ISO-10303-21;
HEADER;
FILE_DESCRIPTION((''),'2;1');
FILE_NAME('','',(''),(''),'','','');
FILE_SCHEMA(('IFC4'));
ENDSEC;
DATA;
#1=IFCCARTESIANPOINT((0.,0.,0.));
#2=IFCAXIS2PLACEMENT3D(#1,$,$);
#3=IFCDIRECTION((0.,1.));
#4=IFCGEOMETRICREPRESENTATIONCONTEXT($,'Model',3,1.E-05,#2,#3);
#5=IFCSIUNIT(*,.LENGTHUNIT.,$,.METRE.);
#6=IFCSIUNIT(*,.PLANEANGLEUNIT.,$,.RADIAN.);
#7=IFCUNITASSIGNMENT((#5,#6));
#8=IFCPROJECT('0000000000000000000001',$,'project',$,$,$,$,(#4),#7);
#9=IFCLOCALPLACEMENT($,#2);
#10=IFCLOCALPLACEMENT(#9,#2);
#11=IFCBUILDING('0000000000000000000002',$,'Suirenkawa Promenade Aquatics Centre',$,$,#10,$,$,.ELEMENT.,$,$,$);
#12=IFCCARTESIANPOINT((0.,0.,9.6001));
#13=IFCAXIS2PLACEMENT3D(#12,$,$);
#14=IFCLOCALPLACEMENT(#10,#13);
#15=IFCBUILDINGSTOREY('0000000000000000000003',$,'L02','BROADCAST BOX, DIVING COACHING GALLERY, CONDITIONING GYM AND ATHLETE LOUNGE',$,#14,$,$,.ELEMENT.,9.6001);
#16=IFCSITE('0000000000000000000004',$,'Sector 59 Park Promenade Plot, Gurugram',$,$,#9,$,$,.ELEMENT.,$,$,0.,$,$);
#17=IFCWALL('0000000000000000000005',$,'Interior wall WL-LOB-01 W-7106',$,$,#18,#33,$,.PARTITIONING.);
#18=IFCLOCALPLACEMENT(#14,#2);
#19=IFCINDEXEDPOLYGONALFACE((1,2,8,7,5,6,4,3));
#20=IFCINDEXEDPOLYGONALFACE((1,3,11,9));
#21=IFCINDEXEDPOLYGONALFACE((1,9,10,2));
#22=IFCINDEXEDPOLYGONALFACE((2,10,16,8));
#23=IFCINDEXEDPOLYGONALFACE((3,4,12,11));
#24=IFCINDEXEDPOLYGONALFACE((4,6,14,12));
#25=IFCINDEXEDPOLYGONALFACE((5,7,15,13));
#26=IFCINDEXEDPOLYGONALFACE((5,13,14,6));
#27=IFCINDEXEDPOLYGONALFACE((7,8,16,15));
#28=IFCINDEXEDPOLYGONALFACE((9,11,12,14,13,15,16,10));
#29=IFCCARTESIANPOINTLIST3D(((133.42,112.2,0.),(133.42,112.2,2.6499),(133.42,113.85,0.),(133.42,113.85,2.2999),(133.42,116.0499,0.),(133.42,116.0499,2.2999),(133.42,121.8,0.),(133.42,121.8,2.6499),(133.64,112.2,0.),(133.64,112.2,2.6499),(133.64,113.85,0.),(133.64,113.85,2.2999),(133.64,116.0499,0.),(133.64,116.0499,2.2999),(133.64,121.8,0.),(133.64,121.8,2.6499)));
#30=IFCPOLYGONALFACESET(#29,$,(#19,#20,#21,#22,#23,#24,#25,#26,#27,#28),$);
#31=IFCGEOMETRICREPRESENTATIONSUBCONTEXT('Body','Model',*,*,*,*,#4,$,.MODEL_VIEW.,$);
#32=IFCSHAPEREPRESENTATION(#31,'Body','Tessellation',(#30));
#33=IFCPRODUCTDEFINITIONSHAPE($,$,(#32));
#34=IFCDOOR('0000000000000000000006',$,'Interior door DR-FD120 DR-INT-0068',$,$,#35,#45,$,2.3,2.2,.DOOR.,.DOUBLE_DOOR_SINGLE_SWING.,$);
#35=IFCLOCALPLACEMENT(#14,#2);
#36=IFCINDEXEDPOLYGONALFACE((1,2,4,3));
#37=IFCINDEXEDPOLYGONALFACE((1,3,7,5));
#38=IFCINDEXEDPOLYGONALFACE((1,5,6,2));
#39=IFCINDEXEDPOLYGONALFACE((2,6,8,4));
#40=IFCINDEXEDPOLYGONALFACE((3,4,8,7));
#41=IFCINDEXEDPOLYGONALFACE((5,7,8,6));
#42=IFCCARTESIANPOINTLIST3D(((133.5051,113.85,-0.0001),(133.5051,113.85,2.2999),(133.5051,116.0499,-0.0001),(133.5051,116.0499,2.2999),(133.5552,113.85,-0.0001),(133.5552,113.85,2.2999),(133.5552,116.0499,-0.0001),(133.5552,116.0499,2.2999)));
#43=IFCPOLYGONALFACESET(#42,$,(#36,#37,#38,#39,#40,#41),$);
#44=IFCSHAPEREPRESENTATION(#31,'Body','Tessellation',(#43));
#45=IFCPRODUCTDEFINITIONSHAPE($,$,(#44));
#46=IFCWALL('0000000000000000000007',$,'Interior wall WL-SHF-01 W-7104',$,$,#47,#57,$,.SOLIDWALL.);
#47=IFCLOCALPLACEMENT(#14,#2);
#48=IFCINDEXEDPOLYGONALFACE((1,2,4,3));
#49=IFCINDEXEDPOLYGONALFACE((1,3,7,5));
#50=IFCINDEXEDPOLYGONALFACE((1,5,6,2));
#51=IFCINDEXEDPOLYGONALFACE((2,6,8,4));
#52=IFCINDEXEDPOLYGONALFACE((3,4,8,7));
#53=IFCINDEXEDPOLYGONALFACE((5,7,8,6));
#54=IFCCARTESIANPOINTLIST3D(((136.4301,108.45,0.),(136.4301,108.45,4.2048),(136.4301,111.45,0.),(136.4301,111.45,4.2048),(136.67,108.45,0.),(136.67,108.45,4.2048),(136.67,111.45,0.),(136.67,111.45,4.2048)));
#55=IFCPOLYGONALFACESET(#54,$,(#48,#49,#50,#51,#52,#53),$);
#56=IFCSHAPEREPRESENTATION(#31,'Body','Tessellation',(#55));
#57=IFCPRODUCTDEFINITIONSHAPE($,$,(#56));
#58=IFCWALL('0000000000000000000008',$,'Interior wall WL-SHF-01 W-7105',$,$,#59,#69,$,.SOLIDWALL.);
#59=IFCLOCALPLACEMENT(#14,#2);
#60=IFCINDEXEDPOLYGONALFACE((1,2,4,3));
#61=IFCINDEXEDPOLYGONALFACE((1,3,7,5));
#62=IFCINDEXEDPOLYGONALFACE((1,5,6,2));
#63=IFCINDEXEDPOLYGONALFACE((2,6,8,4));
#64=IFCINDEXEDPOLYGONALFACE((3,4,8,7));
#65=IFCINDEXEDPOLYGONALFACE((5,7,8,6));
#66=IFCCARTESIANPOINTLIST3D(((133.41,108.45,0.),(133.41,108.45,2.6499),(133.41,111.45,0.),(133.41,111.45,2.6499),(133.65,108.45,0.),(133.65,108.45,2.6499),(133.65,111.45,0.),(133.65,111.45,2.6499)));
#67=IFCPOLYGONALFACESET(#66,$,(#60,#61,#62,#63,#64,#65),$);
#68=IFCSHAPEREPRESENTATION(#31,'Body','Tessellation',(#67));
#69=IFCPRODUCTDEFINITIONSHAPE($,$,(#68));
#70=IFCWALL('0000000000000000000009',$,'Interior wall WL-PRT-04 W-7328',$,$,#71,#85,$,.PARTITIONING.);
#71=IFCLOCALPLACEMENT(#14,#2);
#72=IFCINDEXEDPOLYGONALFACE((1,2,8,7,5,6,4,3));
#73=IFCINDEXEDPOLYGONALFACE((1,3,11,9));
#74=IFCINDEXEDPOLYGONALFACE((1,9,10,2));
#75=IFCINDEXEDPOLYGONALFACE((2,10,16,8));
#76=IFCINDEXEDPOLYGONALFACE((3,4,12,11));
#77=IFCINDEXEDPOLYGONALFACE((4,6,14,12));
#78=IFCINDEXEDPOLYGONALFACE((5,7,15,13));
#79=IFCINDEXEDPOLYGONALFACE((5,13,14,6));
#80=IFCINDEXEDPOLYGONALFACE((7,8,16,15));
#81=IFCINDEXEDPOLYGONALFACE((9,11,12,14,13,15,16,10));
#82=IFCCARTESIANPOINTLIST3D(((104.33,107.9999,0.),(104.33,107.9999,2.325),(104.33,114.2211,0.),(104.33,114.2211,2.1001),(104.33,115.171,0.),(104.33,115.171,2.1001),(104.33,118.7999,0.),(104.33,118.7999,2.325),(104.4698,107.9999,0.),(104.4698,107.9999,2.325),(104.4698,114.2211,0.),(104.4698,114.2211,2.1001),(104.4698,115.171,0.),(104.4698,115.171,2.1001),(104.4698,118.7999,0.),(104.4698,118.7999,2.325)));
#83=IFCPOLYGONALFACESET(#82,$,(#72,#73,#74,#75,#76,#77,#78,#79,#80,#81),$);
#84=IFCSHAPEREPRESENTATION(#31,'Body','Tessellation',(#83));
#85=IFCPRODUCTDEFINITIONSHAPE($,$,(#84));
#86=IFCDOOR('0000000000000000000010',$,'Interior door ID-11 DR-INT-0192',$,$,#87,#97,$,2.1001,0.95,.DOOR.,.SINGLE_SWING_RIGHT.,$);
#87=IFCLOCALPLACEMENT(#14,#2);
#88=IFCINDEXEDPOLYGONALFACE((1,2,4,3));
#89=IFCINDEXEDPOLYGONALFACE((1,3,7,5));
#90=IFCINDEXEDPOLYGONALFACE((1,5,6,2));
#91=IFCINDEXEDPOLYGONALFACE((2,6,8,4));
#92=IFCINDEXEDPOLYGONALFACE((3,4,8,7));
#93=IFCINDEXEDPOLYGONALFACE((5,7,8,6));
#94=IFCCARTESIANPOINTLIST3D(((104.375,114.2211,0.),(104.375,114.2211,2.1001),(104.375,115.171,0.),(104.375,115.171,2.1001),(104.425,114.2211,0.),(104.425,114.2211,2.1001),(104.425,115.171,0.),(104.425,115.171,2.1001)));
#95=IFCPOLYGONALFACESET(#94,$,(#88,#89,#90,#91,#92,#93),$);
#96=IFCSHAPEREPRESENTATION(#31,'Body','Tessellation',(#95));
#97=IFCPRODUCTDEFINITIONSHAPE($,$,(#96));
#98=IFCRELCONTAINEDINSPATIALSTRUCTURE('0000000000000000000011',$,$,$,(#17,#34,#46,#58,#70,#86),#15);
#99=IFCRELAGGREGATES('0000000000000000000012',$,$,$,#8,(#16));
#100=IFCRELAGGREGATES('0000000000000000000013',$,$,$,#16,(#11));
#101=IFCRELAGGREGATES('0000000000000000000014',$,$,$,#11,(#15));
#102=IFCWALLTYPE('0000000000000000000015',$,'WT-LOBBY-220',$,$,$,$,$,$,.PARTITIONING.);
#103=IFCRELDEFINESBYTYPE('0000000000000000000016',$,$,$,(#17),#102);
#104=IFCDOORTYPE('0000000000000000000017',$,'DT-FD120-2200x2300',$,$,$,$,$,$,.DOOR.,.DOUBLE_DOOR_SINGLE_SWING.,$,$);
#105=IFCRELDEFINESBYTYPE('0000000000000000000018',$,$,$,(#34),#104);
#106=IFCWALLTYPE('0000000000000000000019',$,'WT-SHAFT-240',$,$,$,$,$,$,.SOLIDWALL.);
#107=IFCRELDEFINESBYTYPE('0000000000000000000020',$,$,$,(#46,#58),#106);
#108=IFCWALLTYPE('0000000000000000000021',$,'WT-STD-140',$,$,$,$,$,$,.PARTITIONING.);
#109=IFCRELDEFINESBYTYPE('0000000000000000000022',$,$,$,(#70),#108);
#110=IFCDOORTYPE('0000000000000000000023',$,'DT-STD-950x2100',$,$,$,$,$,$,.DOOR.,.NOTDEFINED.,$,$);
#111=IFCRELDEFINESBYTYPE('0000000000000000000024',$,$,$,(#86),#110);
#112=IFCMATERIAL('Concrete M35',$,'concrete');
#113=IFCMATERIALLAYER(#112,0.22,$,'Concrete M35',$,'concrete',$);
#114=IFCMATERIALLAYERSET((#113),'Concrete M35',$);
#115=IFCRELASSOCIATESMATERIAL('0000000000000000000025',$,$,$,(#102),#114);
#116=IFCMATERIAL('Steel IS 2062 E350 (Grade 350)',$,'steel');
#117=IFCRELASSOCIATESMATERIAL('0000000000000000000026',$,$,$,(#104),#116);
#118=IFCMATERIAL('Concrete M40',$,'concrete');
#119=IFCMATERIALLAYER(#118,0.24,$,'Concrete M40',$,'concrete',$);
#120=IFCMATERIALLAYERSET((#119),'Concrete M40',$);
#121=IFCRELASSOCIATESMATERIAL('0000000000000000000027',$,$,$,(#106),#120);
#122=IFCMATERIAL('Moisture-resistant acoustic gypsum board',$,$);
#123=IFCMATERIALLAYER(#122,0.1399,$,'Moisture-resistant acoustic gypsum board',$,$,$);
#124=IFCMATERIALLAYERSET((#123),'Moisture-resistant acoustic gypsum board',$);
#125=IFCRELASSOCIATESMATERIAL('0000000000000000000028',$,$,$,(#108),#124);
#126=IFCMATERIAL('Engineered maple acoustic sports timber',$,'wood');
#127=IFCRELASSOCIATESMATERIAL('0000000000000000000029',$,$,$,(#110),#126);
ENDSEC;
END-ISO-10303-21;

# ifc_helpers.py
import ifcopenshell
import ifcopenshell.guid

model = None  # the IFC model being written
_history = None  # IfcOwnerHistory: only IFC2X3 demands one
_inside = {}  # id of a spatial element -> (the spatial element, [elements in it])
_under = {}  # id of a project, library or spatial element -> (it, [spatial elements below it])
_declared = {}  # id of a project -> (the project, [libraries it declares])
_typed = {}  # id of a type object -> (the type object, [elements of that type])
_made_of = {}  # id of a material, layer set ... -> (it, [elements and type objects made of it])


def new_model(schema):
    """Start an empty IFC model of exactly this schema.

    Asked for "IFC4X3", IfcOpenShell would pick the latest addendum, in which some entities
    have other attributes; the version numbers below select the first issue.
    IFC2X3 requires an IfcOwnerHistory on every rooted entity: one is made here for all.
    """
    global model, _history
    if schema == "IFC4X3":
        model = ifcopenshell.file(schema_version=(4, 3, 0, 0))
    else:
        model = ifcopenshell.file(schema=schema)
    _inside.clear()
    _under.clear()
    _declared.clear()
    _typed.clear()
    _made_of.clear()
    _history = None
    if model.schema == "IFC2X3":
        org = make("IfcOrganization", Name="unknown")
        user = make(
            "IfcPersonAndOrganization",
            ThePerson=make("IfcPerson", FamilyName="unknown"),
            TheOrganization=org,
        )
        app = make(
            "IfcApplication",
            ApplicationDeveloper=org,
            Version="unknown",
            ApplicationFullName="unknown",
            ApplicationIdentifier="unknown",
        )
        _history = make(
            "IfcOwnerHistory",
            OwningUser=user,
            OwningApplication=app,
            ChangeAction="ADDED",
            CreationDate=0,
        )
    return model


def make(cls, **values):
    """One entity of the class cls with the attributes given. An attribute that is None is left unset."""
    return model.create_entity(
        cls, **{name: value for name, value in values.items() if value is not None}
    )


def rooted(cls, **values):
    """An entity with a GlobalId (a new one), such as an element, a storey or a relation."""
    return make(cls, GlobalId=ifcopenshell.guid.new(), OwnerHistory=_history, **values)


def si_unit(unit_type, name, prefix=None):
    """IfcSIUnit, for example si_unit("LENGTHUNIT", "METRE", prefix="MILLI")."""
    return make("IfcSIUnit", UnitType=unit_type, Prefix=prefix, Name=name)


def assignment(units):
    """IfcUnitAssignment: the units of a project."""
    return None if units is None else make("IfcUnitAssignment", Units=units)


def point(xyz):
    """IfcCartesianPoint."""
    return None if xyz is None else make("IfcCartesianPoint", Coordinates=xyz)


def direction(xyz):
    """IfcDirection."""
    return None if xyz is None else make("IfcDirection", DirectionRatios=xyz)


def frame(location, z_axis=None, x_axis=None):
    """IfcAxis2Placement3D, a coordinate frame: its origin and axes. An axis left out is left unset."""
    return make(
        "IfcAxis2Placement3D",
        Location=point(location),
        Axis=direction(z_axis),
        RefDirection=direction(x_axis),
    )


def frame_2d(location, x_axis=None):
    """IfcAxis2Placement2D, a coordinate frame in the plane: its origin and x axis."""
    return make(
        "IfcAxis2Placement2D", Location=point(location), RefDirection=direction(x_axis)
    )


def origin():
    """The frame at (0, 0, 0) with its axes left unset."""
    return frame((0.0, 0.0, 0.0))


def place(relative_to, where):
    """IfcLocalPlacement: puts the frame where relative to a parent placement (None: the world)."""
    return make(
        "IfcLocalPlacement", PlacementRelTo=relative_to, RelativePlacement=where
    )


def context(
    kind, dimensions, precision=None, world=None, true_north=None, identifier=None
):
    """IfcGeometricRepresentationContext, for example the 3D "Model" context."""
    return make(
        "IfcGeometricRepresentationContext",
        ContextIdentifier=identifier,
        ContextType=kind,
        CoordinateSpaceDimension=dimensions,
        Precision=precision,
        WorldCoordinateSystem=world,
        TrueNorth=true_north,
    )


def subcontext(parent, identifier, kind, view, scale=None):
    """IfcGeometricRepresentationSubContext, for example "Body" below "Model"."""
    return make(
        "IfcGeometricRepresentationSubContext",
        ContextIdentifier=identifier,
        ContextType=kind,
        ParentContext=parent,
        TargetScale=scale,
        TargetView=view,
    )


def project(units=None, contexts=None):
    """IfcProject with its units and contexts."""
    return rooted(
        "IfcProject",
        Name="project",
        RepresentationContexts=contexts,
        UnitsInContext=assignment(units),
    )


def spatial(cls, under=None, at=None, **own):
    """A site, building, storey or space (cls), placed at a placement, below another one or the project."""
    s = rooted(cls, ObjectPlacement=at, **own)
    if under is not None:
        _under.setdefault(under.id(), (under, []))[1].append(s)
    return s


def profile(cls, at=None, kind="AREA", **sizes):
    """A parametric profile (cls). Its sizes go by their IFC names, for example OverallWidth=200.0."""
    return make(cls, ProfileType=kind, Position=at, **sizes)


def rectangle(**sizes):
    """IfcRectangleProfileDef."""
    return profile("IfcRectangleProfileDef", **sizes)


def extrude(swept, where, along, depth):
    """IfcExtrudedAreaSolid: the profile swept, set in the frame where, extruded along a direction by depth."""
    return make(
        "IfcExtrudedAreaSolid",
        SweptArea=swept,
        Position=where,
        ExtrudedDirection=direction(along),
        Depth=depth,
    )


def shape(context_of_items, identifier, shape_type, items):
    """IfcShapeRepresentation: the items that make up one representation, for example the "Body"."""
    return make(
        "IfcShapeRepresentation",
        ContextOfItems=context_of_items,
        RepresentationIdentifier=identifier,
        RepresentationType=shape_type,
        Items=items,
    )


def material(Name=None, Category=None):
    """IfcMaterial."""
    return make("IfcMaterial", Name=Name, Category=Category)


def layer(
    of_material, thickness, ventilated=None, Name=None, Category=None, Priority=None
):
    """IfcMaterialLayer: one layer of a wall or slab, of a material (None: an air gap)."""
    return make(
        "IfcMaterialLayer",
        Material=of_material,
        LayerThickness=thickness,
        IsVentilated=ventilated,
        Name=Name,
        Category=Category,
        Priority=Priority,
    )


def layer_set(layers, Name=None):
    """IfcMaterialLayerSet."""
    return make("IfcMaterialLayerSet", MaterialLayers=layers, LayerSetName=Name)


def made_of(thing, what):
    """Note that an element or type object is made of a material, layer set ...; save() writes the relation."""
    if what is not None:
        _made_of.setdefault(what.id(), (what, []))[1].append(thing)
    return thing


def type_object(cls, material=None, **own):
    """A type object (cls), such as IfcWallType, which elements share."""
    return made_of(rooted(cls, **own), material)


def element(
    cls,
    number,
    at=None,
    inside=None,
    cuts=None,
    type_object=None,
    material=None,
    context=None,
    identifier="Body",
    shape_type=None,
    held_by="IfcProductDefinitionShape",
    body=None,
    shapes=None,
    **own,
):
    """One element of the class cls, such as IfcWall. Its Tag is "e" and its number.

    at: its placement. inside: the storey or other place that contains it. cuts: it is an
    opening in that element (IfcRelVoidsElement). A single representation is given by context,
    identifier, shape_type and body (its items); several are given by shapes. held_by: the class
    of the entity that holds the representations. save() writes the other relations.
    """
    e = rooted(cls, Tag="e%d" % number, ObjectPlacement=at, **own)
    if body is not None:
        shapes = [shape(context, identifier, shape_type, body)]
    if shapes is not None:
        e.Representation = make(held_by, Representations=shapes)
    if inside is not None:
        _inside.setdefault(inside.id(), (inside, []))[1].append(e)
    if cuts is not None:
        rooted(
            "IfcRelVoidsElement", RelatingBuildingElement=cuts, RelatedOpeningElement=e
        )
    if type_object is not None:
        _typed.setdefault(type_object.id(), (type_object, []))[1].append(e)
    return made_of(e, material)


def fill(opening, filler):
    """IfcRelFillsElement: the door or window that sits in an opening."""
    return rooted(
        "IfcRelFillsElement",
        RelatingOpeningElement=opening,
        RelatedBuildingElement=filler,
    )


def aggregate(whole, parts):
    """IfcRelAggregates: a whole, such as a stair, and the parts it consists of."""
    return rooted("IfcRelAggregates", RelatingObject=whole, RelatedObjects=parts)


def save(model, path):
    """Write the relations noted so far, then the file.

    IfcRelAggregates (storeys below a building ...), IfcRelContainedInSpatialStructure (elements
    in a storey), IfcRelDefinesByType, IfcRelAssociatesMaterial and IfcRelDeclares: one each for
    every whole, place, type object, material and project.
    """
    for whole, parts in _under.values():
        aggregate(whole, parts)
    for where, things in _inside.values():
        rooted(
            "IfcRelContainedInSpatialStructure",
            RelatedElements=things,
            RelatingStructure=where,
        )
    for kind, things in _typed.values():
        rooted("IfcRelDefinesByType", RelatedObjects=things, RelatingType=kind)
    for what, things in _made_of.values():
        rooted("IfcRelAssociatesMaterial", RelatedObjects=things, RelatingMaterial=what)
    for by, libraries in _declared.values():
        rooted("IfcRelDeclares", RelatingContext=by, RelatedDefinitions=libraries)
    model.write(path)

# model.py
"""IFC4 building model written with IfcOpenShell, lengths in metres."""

from ifc_helpers import new_model, si_unit, direction, frame, frame_2d, origin, place, context, subcontext, project, spatial, rectangle, extrude, material, layer, layer_set, type_object, element, fill, save


model = new_model("IFC4")

# Units and contexts
model_context = context("Model", 3, precision=1e-05, world=origin(), true_north=direction((0.0, 1.0)))
body_context = subcontext(model_context, "Body", "Model", "MODEL_VIEW")
ifc_project = project(units=[si_unit("LENGTHUNIT", "METRE"), si_unit("PLANEANGLEUNIT", "RADIAN")], contexts=[model_context])

# Site, building, storey
site_placement = place(None, origin())
site = spatial("IfcSite", under=ifc_project, at=site_placement, Name="Sector 59 Park Promenade Plot, Gurugram", CompositionType="ELEMENT", RefElevation=0.0)
building_placement = place(site_placement, origin())
building = spatial("IfcBuilding", under=site, at=building_placement, Name="Suirenkawa Promenade Aquatics Centre", CompositionType="ELEMENT")
storey_placement = place(building_placement, frame((0.0, 0.0, 9.6001)))
storey = spatial("IfcBuildingStorey", under=building, at=storey_placement, Name="L02", Description="BROADCAST BOX, DIVING COACHING GALLERY, CONDITIONING GYM AND ATHLETE LOUNGE", CompositionType="ELEMENT", Elevation=9.6001)

# Shared definitions
ifc_material_1 = material(Name="Concrete M40", Category="concrete")
ifc_material_2 = material(Name="Steel IS 2062 E350 (Grade 350)", Category="steel")

# Shared definitions
ifc_material_3 = material(Name="Moisture-resistant acoustic gypsum board")

# Wall, opening, door
ifc_material_4 = material(Name="Concrete M35", Category="concrete")
ifc_layer_1 = layer(ifc_material_4, 0.22, Name="Concrete M35", Category="concrete")
ifc_layer_set_1 = layer_set([ifc_layer_1], Name="Concrete M35")
wall_type_1 = type_object("IfcWallType", Name="WT-LOBBY-220", PredefinedType="PARTITIONING", material=ifc_layer_set_1)
wall_1_placement = place(storey_placement, frame((133.53, 112.2, 0.0), z_axis=(0.0, 0.0, 1.0), x_axis=(0.0, 1.0, 0.0)))
wall_1 = element("IfcWall", 1, at=wall_1_placement, inside=storey, type_object=wall_type_1, Name="Interior wall WL-LOB-01 W-7106", PredefinedType="PARTITIONING", context=body_context, shape_type="SweptSolid", body=[
    extrude(rectangle(XDim=9.6001, YDim=0.22, at=frame_2d((4.8, 0.0))), origin(), (0.0, 0.0, 1.0), 2.6499),
])
opening_1_placement = place(wall_1_placement, frame((1.6499, 0.0, 0.0)))
opening_1 = element("IfcOpeningElement", 2, at=opening_1_placement, cuts=wall_1, PredefinedType="OPENING", context=body_context, shape_type="SweptSolid", body=[
    extrude(rectangle(XDim=2.2, YDim=2.3, at=frame_2d((1.1001, 1.1499))), frame((0.0, 0.1199, 0.0), z_axis=(0.0, -1.0, 0.0), x_axis=(1.0, 0.0, 0.0)), (0.0, 0.0, 1.0), 0.24),
])
door_type_1 = type_object("IfcDoorType", Name="DT-FD120-2200x2300", OperationType="DOUBLE_DOOR_SINGLE_SWING", PredefinedType="DOOR", material=ifc_material_2)
door_1_placement = place(opening_1_placement, origin())
door_1 = element("IfcDoor", 3, at=door_1_placement, inside=storey, type_object=door_type_1, Name="Interior door DR-FD120 DR-INT-0068", OperationType="DOUBLE_DOOR_SINGLE_SWING", OverallHeight=2.3, OverallWidth=2.2, PredefinedType="DOOR", context=body_context, shape_type="SweptSolid", body=[
    extrude(rectangle(XDim=2.2, YDim=2.3, at=frame_2d((1.1001, 1.1499))), frame((0.0, 0.0249, 0.0), z_axis=(0.0, -1.0, 0.0), x_axis=(1.0, 0.0, 0.0)), (0.0, 0.0, 1.0), 0.05),
])
fill(opening_1, door_1)
ifc_layer_2 = layer(ifc_material_1, 0.24, Name="Concrete M40", Category="concrete")
ifc_layer_set_2 = layer_set([ifc_layer_2], Name="Concrete M40")
wall_type_2 = type_object("IfcWallType", Name="WT-SHAFT-240", PredefinedType="SOLIDWALL", material=ifc_layer_set_2)

# Walls
wall_2_placement = place(storey_placement, frame((136.55, 108.45, 0.0), z_axis=(0.0, 0.0, 1.0), x_axis=(0.0, 1.0, 0.0)))
element("IfcWall", 4, at=wall_2_placement, inside=storey, type_object=wall_type_2, Name="Interior wall WL-SHF-01 W-7104", PredefinedType="SOLIDWALL", context=body_context, shape_type="SweptSolid", body=[
    extrude(rectangle(XDim=3.0, YDim=0.24, at=frame_2d((1.5, 0.0))), origin(), (0.0, 0.0, 1.0), 4.2048),
])
wall_3_placement = place(storey_placement, frame((133.53, 108.45, 0.0), z_axis=(0.0, 0.0, 1.0), x_axis=(0.0, 1.0, 0.0)))
element("IfcWall", 5, at=wall_3_placement, inside=storey, type_object=wall_type_2, Name="Interior wall WL-SHF-01 W-7105", PredefinedType="SOLIDWALL", context=body_context, shape_type="SweptSolid", body=[
    extrude(rectangle(XDim=3.0, YDim=0.24, at=frame_2d((1.5, 0.0))), origin(), (0.0, 0.0, 1.0), 2.6499),
])

# Wall, opening, door
ifc_layer_3 = layer(ifc_material_3, 0.1399, Name="Moisture-resistant acoustic gypsum board")
ifc_layer_set_3 = layer_set([ifc_layer_3], Name="Moisture-resistant acoustic gypsum board")
wall_type_3 = type_object("IfcWallType", Name="WT-STD-140", PredefinedType="PARTITIONING", material=ifc_layer_set_3)
wall_4_placement = place(storey_placement, frame((104.3999, 108.0, 0.0), z_axis=(0.0, 0.0, 1.0), x_axis=(0.0, 1.0, 0.0)))
wall_4 = element("IfcWall", 6, at=wall_4_placement, inside=storey, type_object=wall_type_3, Name="Interior wall WL-PRT-04 W-7328", PredefinedType="PARTITIONING", context=body_context, shape_type="SweptSolid", body=[
    extrude(rectangle(XDim=10.8, YDim=0.1399, at=frame_2d((5.3999, 0.0))), origin(), (0.0, 0.0, 1.0), 2.325),
])
opening_2_placement = place(wall_4_placement, frame((6.2209, 0.0, 0.0)))
opening_2 = element("IfcOpeningElement", 7, at=opening_2_placement, cuts=wall_4, PredefinedType="OPENING", context=body_context, shape_type="SweptSolid", body=[
    extrude(rectangle(XDim=0.95, YDim=2.1001, at=frame_2d((0.4751, 1.05))), frame((0.0, 0.0798, 0.0), z_axis=(0.0, -1.0, 0.0), x_axis=(1.0, 0.0, 0.0)), (0.0, 0.0, 1.0), 0.1599),
])
ifc_material_5 = material(Name="Engineered maple acoustic sports timber", Category="wood")
door_type_2 = type_object("IfcDoorType", Name="DT-STD-950x2100", OperationType="NOTDEFINED", PredefinedType="DOOR", material=ifc_material_5)
door_2_placement = place(opening_2_placement, origin())
door_2 = element("IfcDoor", 8, at=door_2_placement, inside=storey, type_object=door_type_2, Name="Interior door ID-11 DR-INT-0192", OperationType="SINGLE_SWING_RIGHT", OverallHeight=2.1001, OverallWidth=0.95, PredefinedType="DOOR", context=body_context, shape_type="SweptSolid", body=[
    extrude(rectangle(XDim=0.95, YDim=2.1001, at=frame_2d((0.4751, 1.05))), frame((0.0, 0.0249, 0.0), z_axis=(0.0, -1.0, 0.0), x_axis=(1.0, 0.0, 0.0)), (0.0, 0.0, 1.0), 0.05),
])
fill(opening_2, door_2)

save(model, "model.ifc")
